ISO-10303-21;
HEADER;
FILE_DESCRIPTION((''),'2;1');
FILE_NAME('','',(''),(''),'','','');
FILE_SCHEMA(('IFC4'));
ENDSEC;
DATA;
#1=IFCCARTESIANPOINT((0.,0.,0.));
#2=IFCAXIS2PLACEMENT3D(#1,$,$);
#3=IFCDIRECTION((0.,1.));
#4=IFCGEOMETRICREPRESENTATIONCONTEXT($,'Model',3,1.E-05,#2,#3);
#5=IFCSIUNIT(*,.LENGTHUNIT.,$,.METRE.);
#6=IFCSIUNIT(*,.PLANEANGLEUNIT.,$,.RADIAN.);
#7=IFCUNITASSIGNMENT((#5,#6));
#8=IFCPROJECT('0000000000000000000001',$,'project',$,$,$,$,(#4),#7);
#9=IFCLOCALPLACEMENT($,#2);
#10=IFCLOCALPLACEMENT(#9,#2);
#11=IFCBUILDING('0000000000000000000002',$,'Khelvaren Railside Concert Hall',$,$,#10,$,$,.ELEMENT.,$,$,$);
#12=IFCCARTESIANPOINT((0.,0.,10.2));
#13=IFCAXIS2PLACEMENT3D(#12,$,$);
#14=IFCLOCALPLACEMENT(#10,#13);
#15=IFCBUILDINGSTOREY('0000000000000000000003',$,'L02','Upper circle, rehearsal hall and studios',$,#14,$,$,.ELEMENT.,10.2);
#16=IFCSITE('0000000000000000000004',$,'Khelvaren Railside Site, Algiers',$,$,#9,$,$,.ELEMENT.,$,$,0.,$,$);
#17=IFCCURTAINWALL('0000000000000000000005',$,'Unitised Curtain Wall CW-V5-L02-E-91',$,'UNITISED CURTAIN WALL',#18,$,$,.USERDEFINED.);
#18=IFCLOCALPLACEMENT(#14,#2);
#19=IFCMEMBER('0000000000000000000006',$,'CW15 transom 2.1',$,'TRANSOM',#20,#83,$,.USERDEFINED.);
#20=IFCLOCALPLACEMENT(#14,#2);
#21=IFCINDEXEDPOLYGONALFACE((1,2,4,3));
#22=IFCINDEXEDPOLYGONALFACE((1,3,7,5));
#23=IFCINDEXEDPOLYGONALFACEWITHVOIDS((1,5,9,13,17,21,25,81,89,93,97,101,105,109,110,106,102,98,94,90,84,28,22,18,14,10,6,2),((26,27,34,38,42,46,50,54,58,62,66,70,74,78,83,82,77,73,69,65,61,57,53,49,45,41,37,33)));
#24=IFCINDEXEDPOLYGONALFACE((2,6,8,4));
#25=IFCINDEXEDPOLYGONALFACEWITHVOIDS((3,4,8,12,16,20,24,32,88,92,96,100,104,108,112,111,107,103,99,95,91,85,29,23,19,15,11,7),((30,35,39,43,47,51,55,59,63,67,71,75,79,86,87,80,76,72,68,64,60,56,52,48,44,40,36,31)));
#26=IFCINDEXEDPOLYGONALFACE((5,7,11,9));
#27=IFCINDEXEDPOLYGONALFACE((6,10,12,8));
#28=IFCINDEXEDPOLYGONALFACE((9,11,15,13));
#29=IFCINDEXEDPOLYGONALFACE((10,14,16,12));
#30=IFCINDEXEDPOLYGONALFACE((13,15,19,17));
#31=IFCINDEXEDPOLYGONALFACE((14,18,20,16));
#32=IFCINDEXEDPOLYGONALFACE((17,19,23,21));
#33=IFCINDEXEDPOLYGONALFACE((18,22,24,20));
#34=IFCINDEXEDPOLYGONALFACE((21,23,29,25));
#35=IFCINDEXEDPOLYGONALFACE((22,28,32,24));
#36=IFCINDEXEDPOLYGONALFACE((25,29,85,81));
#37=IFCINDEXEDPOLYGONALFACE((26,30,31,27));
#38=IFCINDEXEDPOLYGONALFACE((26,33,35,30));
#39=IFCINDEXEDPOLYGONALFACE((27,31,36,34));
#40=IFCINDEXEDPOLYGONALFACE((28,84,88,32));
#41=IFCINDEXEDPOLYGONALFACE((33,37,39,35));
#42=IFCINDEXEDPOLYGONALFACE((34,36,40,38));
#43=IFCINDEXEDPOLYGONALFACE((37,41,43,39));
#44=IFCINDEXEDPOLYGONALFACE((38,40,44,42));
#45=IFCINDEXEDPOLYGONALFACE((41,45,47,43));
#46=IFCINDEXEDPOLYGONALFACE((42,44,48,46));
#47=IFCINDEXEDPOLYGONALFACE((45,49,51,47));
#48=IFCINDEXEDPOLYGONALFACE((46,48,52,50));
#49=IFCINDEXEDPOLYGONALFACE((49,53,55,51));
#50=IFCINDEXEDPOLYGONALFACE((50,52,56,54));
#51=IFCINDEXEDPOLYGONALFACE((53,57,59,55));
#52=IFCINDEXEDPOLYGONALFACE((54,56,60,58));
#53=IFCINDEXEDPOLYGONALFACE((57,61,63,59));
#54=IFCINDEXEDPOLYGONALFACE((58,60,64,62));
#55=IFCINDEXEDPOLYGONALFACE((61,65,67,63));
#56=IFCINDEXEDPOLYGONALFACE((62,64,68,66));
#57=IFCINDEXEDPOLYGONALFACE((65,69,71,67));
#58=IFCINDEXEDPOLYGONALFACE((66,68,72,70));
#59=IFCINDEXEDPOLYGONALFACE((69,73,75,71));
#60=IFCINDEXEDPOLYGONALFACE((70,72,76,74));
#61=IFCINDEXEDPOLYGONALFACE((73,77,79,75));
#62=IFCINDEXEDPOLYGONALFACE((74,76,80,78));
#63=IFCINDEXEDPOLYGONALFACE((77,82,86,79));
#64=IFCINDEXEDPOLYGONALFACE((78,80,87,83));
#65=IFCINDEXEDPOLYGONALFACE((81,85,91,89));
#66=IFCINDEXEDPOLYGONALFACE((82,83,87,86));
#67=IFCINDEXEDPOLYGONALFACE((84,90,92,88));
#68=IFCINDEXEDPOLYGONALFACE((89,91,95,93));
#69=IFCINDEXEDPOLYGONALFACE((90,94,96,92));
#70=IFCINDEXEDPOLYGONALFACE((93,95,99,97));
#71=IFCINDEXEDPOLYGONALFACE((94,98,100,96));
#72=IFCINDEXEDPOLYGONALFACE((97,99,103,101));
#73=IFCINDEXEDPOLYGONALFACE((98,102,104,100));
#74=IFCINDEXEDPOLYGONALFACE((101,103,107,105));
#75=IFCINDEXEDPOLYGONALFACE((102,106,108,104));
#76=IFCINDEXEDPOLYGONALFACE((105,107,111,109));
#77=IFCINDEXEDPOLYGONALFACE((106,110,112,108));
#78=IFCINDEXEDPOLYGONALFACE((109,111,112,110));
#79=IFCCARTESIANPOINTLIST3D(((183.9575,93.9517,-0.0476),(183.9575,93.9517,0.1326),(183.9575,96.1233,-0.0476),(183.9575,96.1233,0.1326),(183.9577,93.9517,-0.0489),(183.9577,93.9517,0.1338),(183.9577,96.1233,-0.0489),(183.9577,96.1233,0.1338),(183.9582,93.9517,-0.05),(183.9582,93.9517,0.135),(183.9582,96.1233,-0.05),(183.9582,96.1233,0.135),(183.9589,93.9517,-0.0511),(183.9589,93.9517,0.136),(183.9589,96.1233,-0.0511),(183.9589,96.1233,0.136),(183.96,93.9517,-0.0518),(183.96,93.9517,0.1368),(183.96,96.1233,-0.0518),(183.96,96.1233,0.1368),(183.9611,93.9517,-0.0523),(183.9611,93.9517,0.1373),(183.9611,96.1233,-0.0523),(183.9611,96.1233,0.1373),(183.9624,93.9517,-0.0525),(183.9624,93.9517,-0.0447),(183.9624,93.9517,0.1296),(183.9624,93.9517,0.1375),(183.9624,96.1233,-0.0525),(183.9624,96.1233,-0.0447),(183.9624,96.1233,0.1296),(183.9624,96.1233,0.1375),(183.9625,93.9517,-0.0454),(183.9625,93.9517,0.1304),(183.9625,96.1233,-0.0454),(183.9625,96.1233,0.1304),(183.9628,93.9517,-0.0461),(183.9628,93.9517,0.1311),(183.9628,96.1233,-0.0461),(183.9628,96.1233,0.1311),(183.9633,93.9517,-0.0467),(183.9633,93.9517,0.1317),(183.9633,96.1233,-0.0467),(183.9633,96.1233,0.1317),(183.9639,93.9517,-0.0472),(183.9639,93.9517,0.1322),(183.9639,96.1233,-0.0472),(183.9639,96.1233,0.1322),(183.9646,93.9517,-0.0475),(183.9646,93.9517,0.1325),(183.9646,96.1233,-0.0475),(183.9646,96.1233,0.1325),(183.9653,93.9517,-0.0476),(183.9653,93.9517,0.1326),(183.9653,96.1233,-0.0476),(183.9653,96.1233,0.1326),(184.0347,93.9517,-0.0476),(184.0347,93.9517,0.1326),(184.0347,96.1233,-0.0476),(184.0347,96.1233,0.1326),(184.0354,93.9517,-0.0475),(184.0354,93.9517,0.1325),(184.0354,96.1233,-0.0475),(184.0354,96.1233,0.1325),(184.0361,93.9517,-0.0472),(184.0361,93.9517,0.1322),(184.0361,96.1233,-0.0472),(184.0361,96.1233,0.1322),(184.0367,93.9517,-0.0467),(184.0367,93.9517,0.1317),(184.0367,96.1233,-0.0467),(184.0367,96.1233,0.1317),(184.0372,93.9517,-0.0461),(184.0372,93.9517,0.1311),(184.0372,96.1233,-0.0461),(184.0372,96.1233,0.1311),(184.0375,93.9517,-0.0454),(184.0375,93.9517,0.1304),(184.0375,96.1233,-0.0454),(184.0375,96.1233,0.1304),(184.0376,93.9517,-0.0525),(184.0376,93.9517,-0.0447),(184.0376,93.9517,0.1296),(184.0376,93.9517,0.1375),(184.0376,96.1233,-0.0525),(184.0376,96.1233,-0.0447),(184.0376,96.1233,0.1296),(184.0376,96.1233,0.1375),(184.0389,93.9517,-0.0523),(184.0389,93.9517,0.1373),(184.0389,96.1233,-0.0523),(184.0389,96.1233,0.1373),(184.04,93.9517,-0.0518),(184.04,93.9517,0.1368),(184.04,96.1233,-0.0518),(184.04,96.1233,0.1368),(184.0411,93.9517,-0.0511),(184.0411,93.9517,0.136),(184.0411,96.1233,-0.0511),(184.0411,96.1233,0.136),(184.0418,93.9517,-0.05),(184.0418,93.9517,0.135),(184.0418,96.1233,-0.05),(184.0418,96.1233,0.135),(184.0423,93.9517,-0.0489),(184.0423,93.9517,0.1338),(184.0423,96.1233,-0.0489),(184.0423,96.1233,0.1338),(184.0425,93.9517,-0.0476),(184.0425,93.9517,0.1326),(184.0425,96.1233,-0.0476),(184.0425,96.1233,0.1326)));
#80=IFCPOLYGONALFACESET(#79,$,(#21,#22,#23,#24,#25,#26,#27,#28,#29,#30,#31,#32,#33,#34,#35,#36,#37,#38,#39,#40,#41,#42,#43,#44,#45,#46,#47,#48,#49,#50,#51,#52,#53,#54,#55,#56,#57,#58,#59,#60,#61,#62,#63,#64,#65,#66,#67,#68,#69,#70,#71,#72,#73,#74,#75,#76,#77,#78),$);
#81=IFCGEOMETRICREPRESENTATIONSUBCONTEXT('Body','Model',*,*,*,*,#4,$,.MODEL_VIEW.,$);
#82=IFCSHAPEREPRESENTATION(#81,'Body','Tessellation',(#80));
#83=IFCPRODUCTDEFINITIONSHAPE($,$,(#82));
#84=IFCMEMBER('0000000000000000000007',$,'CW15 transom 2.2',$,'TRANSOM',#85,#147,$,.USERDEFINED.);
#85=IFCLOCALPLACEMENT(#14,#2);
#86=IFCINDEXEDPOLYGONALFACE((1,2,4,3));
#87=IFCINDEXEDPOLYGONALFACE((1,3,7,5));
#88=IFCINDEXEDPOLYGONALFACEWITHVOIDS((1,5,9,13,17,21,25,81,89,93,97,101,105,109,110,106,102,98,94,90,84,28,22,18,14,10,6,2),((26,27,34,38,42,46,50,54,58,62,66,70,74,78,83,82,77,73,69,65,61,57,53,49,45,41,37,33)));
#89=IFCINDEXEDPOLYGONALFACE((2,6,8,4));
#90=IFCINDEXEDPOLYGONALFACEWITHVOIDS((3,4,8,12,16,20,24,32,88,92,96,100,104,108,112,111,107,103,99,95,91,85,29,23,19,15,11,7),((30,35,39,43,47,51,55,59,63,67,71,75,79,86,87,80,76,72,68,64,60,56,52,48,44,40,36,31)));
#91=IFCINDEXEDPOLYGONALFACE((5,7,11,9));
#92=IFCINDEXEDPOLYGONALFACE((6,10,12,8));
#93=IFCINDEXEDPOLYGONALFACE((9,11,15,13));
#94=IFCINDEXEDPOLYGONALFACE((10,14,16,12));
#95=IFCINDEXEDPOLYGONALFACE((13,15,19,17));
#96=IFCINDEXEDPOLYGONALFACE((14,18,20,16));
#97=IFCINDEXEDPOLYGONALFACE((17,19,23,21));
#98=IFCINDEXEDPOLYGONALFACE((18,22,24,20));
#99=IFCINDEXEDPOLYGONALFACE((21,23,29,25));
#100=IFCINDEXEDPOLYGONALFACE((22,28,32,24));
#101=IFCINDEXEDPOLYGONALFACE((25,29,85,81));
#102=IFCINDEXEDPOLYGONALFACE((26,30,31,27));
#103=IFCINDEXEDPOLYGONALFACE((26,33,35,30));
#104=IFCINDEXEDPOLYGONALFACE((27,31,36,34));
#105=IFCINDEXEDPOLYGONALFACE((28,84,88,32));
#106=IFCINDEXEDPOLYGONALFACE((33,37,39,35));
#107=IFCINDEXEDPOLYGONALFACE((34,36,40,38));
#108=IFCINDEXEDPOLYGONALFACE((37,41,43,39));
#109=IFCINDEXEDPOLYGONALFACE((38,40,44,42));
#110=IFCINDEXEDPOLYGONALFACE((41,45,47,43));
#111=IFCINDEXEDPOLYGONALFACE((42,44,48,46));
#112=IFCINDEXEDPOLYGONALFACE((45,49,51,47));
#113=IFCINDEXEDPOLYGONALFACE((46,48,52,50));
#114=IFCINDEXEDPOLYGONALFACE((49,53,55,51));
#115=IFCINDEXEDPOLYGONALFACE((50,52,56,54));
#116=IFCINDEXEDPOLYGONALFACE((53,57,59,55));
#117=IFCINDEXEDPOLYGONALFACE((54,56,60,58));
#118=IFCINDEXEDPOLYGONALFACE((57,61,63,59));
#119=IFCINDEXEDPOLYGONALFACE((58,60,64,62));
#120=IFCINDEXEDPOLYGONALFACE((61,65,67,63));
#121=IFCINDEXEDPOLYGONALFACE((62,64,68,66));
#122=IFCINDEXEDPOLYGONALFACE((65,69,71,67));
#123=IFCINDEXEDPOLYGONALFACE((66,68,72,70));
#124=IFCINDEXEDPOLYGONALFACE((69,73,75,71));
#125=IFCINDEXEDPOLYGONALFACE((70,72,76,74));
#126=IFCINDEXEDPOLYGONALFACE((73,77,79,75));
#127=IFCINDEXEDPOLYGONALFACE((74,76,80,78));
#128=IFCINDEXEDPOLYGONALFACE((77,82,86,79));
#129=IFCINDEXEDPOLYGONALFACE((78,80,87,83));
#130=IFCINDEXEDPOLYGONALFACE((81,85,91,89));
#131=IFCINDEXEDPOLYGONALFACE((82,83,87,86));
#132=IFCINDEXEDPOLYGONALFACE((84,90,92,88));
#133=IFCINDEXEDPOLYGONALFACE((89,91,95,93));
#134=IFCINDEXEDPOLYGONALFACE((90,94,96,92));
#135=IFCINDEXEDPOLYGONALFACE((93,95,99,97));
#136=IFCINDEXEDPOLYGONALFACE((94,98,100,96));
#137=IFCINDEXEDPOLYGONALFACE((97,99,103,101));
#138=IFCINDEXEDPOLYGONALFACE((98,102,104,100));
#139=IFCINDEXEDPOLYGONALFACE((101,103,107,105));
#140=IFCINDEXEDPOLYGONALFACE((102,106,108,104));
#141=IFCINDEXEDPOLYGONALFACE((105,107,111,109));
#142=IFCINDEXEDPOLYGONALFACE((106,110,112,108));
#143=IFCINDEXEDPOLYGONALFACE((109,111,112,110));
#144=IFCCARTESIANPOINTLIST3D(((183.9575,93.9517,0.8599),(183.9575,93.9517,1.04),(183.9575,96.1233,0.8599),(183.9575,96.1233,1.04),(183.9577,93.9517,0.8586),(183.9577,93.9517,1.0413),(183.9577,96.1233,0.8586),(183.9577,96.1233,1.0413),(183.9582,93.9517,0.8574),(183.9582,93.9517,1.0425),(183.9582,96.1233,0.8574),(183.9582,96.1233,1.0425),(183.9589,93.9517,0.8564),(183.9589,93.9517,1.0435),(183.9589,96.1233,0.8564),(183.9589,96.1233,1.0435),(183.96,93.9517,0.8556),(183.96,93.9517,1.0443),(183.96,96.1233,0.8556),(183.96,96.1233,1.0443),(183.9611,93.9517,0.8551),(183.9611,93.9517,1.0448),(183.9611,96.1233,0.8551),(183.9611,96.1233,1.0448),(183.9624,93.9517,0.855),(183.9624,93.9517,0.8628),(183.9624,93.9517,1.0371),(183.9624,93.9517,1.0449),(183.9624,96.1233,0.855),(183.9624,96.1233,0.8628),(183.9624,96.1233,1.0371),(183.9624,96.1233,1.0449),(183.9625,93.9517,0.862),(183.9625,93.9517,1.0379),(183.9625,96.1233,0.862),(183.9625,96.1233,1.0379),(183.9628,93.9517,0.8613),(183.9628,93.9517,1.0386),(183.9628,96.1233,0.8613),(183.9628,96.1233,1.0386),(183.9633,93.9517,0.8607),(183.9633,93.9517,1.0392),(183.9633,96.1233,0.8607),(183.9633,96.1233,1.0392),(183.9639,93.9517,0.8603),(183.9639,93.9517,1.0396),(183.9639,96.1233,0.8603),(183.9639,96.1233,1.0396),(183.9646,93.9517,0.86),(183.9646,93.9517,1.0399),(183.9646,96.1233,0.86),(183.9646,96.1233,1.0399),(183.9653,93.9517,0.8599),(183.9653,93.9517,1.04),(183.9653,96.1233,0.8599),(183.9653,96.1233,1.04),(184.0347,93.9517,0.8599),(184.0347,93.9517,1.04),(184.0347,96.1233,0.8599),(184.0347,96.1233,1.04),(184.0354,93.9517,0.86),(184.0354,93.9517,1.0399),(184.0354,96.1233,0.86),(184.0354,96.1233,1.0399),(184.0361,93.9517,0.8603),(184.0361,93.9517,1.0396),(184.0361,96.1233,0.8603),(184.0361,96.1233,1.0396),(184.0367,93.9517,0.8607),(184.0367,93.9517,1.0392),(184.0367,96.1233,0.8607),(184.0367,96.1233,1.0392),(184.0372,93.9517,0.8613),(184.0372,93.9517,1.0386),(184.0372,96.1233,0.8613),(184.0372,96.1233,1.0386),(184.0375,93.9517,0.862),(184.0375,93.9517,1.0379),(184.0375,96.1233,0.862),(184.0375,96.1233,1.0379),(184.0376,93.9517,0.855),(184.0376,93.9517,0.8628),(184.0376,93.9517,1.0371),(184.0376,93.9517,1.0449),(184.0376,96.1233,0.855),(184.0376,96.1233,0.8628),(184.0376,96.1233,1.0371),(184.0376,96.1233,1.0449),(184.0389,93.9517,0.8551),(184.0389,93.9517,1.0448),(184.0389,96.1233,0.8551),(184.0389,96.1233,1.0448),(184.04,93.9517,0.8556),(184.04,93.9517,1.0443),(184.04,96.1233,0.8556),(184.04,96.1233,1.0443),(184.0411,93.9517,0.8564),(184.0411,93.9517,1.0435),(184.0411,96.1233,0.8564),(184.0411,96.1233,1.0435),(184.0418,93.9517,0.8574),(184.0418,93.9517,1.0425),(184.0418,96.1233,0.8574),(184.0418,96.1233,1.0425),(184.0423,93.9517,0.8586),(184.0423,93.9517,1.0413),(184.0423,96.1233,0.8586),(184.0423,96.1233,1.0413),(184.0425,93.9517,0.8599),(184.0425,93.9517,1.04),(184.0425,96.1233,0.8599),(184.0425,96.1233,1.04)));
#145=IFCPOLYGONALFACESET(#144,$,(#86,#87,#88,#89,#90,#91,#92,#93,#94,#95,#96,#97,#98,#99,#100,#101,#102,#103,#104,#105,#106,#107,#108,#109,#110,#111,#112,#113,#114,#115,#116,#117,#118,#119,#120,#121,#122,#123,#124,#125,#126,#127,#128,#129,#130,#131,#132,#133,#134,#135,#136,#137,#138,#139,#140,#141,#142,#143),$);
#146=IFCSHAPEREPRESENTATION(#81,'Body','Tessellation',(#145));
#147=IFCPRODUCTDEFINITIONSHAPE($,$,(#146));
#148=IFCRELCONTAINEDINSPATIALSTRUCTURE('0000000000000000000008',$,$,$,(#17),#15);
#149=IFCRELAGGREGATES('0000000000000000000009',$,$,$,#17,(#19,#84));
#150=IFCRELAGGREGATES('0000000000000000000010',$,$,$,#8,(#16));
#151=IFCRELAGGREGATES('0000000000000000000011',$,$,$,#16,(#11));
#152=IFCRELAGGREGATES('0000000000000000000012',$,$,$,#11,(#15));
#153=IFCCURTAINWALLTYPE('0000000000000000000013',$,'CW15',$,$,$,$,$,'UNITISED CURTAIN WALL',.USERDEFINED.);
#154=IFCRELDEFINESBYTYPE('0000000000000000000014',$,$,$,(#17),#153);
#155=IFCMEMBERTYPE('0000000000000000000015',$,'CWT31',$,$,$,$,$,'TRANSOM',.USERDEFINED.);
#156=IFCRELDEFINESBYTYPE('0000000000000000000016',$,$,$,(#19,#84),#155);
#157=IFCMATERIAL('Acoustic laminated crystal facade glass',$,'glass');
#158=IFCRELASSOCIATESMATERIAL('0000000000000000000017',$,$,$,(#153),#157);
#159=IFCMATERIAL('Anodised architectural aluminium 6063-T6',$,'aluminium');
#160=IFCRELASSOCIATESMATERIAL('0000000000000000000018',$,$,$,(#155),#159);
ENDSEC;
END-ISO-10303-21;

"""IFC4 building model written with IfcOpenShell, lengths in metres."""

from ifc_helpers import new_model, si_unit, direction, frame, origin, origin_2d, place, context, subcontext, project, spatial, hollow_rectangle, extrude, material, material_profile, profile_set, type_object, element, aggregate, save


model = new_model("IFC4")

# Units and contexts
model_context = context("Model", 3, precision=1e-05, world=origin(), true_north=direction((0.0, 1.0)))
body_context = subcontext(model_context, "Body", "Model", "MODEL_VIEW")
ifc_project = project(units=[si_unit("LENGTHUNIT", "METRE"), si_unit("PLANEANGLEUNIT", "RADIAN")], contexts=[model_context])

# Site, building, storey
site_placement = place(None, origin())
site = spatial("IfcSite", under=ifc_project, at=site_placement, Name="Khelvaren Railside Site, Algiers", CompositionType="ELEMENT", RefElevation=0.0)
building_placement = place(site_placement, origin())
building = spatial("IfcBuilding", under=site, at=building_placement, Name="Khelvaren Railside Concert Hall", CompositionType="ELEMENT")
storey_placement = place(building_placement, frame((0.0, 0.0, 10.2)))
storey = spatial("IfcBuildingStorey", under=building, at=storey_placement, Name="L02", Description="Upper circle, rehearsal hall and studios", CompositionType="ELEMENT", Elevation=10.2)

# Curtain wall
ifc_material_1 = material(Name="Acoustic laminated crystal facade glass", Category="glass")
curtain_wall_type_1 = type_object("IfcCurtainWallType", Name="CW15", ElementType="UNITISED CURTAIN WALL", PredefinedType="USERDEFINED", material=ifc_material_1)
curtain_wall_1_placement = place(storey_placement, origin())
curtain_wall_1 = element("IfcCurtainWall", 1, at=curtain_wall_1_placement, inside=storey, type_object=curtain_wall_type_1, Name="Unitised Curtain Wall CW-V5-L02-E-91", ObjectType="UNITISED CURTAIN WALL", PredefinedType="USERDEFINED")
ifc_material_2 = material(Name="Anodised architectural aluminium 6063-T6", Category="aluminium")

# Members
ifc_material_profile_1 = material_profile(ifc_material_2, hollow_rectangle(XDim=0.085, YDim=0.1899, WallThickness=0.0049, InnerFilletRadius=0.0029, OuterFilletRadius=0.0049, at=origin_2d()), Name="CWT 85x190x5")
ifc_profile_set_1 = profile_set([ifc_material_profile_1], Name="Anodised architectural aluminium 6063-T6")
member_type_1 = type_object("IfcMemberType", Name="CWT31", ElementType="TRANSOM", PredefinedType="USERDEFINED", material=ifc_profile_set_1)
member_1_placement = place(storey_placement, frame((184.0, 96.1233, 0.0425), z_axis=(0.0, -1.0, 0.0), x_axis=(1.0, 0.0, 0.0)))
member_1 = element("IfcMember", 2, at=member_1_placement, type_object=member_type_1, Name="CW15 transom 2.1", ObjectType="TRANSOM", PredefinedType="USERDEFINED", context=body_context, shape_type="SweptSolid", body=[
    extrude(hollow_rectangle(XDim=0.085, YDim=0.1899, WallThickness=0.0049, InnerFilletRadius=0.0029, OuterFilletRadius=0.0049, at=origin_2d()), origin(), (0.0, 0.0, 1.0), 2.1716),
])
member_2_placement = place(storey_placement, frame((184.0, 96.1233, 0.95), z_axis=(0.0, -1.0, 0.0), x_axis=(1.0, 0.0, 0.0)))
member_2 = element("IfcMember", 3, at=member_2_placement, type_object=member_type_1, Name="CW15 transom 2.2", ObjectType="TRANSOM", PredefinedType="USERDEFINED", context=body_context, shape_type="SweptSolid", body=[
    extrude(hollow_rectangle(XDim=0.085, YDim=0.1899, WallThickness=0.0049, InnerFilletRadius=0.0029, OuterFilletRadius=0.0049, at=origin_2d()), origin(), (0.0, 0.0, 1.0), 2.1716),
])

aggregate(curtain_wall_1, [member_1, member_2])

save(model, "model.ifc")
